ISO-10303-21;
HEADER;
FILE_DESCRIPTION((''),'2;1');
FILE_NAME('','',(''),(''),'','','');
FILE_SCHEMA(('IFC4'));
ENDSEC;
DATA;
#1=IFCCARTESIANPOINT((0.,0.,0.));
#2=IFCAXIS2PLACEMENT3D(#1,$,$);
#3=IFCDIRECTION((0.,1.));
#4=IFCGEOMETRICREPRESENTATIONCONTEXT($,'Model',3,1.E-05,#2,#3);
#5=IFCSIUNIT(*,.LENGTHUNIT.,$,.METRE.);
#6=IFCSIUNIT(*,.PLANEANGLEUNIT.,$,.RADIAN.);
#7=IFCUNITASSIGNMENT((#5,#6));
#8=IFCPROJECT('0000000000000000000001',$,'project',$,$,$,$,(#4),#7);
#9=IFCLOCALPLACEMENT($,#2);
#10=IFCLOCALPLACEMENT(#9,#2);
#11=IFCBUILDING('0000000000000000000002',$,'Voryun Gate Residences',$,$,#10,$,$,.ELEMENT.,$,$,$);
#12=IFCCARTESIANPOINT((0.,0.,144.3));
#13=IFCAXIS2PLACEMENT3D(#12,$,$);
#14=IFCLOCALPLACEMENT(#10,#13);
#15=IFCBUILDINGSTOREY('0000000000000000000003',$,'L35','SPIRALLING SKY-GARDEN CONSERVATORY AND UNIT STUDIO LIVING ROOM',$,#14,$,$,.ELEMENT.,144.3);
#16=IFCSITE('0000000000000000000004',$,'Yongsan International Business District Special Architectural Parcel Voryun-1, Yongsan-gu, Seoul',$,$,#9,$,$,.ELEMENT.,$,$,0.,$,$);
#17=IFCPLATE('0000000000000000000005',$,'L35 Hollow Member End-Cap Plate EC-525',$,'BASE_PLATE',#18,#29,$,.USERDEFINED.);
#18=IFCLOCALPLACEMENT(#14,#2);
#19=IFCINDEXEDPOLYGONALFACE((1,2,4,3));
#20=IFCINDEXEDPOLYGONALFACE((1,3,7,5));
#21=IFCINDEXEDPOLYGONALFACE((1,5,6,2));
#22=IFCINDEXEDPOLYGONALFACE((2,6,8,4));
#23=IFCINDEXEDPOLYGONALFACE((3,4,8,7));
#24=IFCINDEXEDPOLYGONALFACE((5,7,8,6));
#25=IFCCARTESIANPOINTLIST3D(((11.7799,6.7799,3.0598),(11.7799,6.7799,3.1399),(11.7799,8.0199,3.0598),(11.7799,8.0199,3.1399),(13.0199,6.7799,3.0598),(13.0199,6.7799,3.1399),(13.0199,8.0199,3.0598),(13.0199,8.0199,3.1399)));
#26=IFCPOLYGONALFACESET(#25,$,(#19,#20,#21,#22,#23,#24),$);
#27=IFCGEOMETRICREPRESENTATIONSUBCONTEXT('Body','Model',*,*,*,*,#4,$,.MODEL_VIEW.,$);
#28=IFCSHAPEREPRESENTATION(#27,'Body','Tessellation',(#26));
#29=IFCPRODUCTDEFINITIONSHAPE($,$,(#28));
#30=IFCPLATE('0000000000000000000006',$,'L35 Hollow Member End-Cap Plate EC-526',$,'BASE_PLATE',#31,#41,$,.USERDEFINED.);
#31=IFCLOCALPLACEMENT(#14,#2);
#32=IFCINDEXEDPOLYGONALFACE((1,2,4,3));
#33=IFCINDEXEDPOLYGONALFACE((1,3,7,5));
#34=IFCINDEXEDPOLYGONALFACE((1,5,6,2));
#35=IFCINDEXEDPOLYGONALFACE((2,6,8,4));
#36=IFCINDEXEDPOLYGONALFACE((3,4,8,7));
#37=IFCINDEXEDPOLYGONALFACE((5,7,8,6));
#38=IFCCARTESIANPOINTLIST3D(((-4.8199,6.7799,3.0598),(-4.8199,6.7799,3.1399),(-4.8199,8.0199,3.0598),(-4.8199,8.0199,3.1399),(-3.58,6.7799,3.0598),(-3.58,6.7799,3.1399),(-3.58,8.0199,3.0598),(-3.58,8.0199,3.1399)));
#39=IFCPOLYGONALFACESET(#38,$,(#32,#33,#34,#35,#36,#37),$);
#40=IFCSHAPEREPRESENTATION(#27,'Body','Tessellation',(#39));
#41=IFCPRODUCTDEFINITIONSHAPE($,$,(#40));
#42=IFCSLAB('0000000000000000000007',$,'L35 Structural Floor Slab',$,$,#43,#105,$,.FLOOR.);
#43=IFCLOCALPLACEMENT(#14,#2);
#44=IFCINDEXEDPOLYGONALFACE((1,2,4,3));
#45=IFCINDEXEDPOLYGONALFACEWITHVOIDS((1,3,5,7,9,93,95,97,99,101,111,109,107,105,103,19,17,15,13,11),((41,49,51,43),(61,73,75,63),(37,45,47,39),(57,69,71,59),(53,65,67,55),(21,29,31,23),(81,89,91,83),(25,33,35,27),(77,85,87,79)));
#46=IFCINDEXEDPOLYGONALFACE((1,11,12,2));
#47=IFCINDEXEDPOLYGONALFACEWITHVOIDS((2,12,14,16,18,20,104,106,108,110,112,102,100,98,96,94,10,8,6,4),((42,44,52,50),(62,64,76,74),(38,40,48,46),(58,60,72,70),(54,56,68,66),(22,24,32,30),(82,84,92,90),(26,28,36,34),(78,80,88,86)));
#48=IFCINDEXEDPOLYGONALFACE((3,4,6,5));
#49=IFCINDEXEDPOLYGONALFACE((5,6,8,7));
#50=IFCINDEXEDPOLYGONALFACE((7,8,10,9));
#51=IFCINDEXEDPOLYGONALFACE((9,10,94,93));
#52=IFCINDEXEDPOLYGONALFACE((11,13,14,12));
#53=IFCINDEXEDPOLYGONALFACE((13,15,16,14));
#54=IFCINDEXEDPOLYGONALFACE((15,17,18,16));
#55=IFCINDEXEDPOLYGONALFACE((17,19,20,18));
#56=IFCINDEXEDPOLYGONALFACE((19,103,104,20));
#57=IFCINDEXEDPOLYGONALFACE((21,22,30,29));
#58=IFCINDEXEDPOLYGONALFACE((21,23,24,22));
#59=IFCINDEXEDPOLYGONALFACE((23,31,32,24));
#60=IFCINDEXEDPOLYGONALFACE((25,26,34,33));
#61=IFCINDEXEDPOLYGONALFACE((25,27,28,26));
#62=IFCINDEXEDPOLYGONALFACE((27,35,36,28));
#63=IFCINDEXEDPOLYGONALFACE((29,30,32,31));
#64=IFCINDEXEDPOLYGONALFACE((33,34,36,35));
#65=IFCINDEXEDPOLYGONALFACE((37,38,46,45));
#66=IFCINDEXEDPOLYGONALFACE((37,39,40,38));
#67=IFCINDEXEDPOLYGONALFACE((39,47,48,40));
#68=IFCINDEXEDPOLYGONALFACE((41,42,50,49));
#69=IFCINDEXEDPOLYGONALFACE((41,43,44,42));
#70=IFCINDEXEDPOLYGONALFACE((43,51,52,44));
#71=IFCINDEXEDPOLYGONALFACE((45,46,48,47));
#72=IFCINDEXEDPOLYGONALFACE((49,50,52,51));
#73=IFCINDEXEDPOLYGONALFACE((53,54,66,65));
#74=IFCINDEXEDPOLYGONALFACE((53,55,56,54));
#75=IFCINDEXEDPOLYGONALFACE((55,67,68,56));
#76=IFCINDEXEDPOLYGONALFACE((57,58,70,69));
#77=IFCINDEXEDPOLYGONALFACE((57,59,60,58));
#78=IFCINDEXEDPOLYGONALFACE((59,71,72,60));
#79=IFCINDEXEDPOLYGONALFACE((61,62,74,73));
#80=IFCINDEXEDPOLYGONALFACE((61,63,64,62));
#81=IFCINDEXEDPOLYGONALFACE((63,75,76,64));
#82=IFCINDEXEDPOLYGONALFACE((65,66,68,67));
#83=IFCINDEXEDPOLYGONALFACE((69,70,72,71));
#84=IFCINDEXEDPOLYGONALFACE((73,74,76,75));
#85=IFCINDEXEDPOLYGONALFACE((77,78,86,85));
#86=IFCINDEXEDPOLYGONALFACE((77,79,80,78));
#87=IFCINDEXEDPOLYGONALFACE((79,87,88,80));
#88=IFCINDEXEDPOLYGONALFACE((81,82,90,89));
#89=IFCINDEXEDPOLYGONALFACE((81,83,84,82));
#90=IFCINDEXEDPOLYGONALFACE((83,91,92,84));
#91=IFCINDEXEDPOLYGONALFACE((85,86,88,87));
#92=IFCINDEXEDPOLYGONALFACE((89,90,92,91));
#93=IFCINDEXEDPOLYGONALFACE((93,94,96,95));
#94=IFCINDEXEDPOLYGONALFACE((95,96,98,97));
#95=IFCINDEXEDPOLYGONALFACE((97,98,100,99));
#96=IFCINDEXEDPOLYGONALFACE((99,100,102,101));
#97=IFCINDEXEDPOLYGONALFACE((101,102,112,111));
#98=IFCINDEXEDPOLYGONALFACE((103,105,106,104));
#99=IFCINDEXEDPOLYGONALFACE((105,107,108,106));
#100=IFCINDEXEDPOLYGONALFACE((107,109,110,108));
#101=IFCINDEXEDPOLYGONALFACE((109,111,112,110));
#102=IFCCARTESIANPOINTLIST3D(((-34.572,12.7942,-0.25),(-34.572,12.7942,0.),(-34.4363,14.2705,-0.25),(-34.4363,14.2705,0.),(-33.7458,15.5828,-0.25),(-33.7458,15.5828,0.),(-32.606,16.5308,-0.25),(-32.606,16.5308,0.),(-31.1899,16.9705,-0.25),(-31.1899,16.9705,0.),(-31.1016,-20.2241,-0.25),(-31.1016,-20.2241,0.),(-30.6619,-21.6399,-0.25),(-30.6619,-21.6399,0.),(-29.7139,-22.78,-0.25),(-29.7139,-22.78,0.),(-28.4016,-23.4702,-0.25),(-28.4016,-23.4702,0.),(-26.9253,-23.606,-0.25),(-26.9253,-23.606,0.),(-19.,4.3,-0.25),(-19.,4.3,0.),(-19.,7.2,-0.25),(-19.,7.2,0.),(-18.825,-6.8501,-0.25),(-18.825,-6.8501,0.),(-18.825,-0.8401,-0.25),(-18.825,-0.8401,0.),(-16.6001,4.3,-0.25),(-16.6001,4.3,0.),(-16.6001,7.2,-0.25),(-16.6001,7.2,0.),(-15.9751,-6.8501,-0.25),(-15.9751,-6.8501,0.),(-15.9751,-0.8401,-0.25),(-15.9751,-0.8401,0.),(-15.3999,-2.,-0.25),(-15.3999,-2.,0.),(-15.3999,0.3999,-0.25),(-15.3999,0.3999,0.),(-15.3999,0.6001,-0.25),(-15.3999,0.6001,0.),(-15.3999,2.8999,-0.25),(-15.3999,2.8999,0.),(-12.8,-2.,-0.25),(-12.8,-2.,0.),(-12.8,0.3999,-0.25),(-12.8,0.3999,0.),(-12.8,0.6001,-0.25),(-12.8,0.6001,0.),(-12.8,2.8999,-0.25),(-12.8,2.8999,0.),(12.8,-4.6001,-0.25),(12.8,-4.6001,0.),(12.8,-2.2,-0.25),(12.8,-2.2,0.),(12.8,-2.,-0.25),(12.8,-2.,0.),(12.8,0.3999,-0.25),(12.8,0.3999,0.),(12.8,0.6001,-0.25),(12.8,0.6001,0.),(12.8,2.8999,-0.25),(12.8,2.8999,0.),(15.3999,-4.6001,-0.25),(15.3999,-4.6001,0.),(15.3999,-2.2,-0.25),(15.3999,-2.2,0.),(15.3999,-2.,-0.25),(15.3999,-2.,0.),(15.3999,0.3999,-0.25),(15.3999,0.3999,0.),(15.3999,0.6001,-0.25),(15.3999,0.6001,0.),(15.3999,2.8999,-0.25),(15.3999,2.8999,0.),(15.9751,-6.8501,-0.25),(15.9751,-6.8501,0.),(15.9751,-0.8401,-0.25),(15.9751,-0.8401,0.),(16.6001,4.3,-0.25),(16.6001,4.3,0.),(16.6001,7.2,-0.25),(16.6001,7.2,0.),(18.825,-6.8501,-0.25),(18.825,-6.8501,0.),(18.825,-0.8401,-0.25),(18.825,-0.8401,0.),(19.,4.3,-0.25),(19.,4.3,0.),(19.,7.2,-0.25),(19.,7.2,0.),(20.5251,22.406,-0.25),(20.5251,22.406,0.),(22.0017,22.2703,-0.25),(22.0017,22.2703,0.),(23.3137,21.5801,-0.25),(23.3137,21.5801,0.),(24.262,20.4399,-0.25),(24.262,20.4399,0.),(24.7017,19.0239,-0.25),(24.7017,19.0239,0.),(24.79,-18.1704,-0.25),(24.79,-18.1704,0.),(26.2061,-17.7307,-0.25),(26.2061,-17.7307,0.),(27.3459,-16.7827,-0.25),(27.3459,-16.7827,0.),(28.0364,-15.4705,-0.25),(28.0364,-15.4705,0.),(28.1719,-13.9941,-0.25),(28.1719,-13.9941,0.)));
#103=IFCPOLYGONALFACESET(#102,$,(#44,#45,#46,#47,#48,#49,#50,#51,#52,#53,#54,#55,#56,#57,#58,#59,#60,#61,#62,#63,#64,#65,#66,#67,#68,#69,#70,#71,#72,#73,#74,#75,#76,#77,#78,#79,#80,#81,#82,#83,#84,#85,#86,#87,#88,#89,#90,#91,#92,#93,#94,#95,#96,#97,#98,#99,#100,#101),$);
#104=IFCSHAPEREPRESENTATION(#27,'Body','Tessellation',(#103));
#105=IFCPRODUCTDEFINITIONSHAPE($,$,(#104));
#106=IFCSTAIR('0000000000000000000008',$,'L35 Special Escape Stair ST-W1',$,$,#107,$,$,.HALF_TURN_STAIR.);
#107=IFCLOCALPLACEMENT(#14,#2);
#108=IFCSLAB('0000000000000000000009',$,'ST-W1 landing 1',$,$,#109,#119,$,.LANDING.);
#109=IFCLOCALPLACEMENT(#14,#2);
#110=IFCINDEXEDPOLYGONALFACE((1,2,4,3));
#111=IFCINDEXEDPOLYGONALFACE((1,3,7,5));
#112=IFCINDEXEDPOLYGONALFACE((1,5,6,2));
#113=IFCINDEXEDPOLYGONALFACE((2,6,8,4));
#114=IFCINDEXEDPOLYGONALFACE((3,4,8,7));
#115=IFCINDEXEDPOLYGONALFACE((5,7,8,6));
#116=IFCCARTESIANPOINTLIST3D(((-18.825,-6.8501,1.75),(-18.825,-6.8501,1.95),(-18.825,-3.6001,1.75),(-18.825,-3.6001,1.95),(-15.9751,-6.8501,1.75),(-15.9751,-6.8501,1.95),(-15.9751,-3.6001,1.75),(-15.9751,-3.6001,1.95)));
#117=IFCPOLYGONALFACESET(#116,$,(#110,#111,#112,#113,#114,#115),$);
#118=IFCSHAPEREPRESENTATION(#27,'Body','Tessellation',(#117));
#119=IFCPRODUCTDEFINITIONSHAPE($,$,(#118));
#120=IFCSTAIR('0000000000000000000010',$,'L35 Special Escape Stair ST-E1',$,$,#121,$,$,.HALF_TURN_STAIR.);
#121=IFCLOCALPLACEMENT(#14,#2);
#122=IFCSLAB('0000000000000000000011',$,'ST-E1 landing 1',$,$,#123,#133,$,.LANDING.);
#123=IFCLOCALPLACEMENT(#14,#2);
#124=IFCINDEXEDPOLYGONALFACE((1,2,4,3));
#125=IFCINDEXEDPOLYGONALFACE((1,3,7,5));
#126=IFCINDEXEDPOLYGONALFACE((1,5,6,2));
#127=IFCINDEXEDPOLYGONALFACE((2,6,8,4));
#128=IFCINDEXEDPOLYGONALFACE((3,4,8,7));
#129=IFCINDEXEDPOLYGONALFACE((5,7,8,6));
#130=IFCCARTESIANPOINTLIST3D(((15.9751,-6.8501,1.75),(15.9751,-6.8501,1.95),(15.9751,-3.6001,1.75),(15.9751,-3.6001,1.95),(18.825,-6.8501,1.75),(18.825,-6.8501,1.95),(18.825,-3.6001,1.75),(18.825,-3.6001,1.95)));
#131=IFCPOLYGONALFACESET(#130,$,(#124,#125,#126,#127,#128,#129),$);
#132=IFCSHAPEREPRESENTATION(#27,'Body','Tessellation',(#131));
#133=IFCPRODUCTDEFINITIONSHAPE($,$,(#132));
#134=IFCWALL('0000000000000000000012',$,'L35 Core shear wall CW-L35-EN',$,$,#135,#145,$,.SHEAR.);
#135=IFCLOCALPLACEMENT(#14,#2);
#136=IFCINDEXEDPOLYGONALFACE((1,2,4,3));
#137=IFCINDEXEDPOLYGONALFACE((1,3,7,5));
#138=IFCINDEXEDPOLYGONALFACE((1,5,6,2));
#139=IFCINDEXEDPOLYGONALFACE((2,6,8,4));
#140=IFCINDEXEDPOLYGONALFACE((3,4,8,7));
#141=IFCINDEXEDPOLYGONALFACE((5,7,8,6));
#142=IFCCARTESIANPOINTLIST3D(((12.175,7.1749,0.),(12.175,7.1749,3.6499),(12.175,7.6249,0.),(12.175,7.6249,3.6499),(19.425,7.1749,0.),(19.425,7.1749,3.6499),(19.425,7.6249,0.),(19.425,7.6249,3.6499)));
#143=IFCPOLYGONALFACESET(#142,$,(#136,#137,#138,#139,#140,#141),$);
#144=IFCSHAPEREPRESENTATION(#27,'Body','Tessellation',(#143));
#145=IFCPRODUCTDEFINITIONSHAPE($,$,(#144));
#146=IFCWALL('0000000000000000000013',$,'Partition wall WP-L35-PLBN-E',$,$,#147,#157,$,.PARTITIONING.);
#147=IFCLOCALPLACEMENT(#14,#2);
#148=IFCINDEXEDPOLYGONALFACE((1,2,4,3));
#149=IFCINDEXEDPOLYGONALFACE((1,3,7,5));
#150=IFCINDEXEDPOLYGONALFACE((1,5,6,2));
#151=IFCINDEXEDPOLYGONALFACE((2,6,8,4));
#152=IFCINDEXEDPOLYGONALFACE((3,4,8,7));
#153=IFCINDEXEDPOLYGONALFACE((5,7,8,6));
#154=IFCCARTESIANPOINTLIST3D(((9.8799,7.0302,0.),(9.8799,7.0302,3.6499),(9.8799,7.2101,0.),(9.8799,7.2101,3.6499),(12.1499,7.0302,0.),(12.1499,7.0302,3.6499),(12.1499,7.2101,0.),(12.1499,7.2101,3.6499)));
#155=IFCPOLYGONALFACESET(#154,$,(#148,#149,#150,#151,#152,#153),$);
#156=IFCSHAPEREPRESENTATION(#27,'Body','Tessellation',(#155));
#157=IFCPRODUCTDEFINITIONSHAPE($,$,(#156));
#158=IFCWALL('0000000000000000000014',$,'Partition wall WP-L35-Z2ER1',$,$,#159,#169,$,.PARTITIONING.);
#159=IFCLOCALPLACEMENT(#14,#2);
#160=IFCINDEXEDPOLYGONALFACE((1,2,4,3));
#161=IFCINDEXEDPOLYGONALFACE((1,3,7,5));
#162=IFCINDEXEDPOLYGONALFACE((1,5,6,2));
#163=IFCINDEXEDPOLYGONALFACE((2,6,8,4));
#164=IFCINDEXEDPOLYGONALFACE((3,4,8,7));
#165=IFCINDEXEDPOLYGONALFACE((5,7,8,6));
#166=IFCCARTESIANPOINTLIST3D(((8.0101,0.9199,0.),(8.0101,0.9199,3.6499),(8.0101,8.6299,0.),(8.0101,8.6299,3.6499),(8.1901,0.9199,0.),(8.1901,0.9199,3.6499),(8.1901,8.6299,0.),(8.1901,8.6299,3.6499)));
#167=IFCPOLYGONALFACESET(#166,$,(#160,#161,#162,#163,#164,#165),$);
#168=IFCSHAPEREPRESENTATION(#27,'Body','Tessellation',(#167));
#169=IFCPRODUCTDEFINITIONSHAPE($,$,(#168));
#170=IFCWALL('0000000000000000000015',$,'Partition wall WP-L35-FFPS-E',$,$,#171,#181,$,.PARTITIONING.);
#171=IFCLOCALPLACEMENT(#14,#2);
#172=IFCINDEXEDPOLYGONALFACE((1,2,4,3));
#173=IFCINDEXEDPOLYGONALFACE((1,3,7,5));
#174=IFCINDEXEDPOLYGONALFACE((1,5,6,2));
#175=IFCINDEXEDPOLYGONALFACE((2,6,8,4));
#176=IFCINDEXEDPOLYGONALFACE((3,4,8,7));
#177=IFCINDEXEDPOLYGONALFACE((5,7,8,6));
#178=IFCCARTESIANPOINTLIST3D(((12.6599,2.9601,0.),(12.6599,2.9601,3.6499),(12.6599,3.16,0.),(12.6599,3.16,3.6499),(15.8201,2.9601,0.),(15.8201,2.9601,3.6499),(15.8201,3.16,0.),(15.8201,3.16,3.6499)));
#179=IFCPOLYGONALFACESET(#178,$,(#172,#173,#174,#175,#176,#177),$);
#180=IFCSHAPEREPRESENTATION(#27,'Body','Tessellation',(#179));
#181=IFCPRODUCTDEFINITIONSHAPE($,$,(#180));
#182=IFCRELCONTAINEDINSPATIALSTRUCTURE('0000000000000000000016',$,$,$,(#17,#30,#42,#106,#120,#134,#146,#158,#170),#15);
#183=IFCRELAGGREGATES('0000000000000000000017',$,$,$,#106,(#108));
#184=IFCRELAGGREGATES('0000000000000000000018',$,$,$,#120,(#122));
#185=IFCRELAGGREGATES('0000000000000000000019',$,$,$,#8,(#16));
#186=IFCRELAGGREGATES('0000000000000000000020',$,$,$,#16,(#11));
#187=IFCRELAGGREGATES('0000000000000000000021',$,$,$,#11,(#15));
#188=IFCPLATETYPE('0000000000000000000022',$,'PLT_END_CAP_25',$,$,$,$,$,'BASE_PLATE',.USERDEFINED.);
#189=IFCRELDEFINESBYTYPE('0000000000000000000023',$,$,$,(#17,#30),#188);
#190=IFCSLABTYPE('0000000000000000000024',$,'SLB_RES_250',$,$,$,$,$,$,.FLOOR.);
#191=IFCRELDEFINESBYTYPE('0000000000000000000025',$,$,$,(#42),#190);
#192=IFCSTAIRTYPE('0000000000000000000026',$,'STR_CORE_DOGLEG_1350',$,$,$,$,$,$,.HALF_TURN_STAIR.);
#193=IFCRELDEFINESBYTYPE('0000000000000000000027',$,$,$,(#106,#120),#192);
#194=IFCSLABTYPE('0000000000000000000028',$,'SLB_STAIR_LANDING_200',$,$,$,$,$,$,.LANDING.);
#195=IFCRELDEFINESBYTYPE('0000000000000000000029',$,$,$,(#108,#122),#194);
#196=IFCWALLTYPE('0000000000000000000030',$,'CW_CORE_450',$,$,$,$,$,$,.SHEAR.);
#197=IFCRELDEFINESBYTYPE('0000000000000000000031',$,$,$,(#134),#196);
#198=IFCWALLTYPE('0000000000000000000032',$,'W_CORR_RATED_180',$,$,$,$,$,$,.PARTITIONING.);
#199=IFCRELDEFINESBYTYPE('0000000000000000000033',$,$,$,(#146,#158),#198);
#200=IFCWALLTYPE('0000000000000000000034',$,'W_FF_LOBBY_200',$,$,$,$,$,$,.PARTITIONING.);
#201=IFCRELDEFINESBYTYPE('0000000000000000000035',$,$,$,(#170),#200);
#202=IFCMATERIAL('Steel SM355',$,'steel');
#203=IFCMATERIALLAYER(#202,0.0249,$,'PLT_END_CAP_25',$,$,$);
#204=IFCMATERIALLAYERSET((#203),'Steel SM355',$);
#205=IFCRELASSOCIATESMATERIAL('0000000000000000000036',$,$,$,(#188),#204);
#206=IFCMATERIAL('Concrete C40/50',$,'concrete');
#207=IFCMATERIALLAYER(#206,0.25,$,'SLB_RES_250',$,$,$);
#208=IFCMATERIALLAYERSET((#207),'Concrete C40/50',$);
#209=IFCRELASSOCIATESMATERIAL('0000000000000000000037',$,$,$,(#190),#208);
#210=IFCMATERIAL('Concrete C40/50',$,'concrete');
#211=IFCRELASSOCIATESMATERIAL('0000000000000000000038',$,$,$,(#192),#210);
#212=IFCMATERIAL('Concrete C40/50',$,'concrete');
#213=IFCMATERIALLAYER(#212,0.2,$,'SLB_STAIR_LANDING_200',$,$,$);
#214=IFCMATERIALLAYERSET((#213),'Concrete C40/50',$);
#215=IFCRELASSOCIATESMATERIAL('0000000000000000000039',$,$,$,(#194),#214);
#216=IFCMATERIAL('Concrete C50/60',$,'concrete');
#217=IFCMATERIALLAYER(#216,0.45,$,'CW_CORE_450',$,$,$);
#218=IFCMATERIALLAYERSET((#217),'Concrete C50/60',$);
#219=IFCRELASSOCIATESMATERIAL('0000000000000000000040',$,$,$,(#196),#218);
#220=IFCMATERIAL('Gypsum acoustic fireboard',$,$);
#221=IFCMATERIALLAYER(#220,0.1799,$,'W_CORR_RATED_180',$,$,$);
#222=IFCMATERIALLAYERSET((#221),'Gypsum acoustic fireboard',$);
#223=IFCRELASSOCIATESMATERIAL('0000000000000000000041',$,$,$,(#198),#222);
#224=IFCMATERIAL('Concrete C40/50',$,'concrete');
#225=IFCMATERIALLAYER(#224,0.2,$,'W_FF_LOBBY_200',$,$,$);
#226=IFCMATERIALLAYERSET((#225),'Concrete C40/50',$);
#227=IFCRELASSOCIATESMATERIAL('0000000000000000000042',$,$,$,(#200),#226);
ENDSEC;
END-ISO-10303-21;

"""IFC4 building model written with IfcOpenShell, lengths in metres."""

from ifc_helpers import new_model, si_unit, direction, frame, frame_2d, origin, origin_2d, place, context, subcontext, project, spatial, polyline, rectangle, outline, extrude, material, layer, layer_set, type_object, element, aggregate, save


model = new_model("IFC4")

# Units and contexts
model_context = context("Model", 3, precision=1e-05, world=origin(), true_north=direction((0.0, 1.0)))
body_context = subcontext(model_context, "Body", "Model", "MODEL_VIEW")
ifc_project = project(units=[si_unit("LENGTHUNIT", "METRE"), si_unit("PLANEANGLEUNIT", "RADIAN")], contexts=[model_context])

# Site, building, storey
site_placement = place(None, origin())
site = spatial("IfcSite", under=ifc_project, at=site_placement, Name="Yongsan International Business District Special Architectural Parcel Voryun-1, Yongsan-gu, Seoul", CompositionType="ELEMENT", RefElevation=0.0)
building_placement = place(site_placement, origin())
building = spatial("IfcBuilding", under=site, at=building_placement, Name="Voryun Gate Residences", CompositionType="ELEMENT")
storey_placement = place(building_placement, frame((0.0, 0.0, 144.3)))
storey = spatial("IfcBuildingStorey", under=building, at=storey_placement, Name="L35", Description="SPIRALLING SKY-GARDEN CONSERVATORY AND UNIT STUDIO LIVING ROOM", CompositionType="ELEMENT", Elevation=144.3)

# Plates
ifc_material_1 = material(Name="Steel SM355", Category="steel")
ifc_layer_1 = layer(ifc_material_1, 0.0249, Name="PLT_END_CAP_25")
ifc_layer_set_1 = layer_set([ifc_layer_1], Name="Steel SM355")
plate_type = type_object("IfcPlateType", Name="PLT_END_CAP_25", ElementType="BASE_PLATE", PredefinedType="USERDEFINED", material=ifc_layer_set_1)
for number, where, z_axis, x_axis, name in (
    (1, (12.3999, 7.3999, 3.0598), (0.0, 0.0, 1.0), (1.0, 0.0, 0.0), "L35 Hollow Member End-Cap Plate EC-525"),
    (2, (-4.2, 7.3999, 3.0598), (0.0, 0.0, 1.0), (1.0, 0.0, 0.0), "L35 Hollow Member End-Cap Plate EC-526"),
):
    element("IfcPlate", number, at=place(storey_placement, frame(where, z_axis=z_axis, x_axis=x_axis)), inside=storey, type_object=plate_type, Name=name, ObjectType="BASE_PLATE", PredefinedType="USERDEFINED", context=body_context, shape_type="SweptSolid", body=[
        extrude(rectangle(XDim=1.24, YDim=1.24, at=origin_2d()), origin(), (0.0, 0.0, 1.0), 0.0801),
    ])

# Slab
ifc_material_2 = material(Name="Concrete C40/50", Category="concrete")
ifc_layer_2 = layer(ifc_material_2, 0.25, Name="SLB_RES_250")
ifc_layer_set_2 = layer_set([ifc_layer_2], Name="Concrete C40/50")
slab_type_1 = type_object("IfcSlabType", Name="SLB_RES_250", PredefinedType="FLOOR", material=ifc_layer_set_2)
slab_1_placement = place(storey_placement, frame((0.0, 0.0, -0.25)))
element("IfcSlab", 3, at=slab_1_placement, inside=storey, type_object=slab_type_1, Name="L35 Structural Floor Slab", PredefinedType="FLOOR", context=body_context, shape_type="SweptSolid", body=[
    extrude(outline(polyline([(-26.9253, -23.606), (-28.4016, -23.4702), (-29.7139, -22.78), (-30.6619, -21.6399), (-31.1016, -20.2241), (-34.572, 12.7942), (-34.4363, 14.2705), (-33.7458, 15.5828), (-32.606, 16.5308), (-31.1899, 16.9705), (20.5251, 22.406), (22.0017, 22.2703), (23.3137, 21.5801), (24.262, 20.4399), (24.7017, 19.0239), (28.1719, -13.9941), (28.0364, -15.4705), (27.3459, -16.7827), (26.2061, -17.7307), (24.79, -18.1704), (-26.9253, -23.606)]), holes=[polyline([(-15.9751, -6.8501), (-15.9751, -0.8401), (-18.825, -0.8401), (-18.825, -6.8501), (-15.9751, -6.8501)]), polyline([(18.825, -6.8501), (18.825, -0.8401), (15.9751, -0.8401), (15.9751, -6.8501), (18.825, -6.8501)]), polyline([(15.3999, -2.2), (12.8, -2.2), (12.8, -4.6001), (15.3999, -4.6001), (15.3999, -2.2)]), polyline([(-12.8, 0.3999), (-15.3999, 0.3999), (-15.3999, -2.0), (-12.8, -2.0), (-12.8, 0.3999)]), polyline([(15.3999, 0.3999), (12.8, 0.3999), (12.8, -2.0), (15.3999, -2.0), (15.3999, 0.3999)]), polyline([(-12.8, 2.8999), (-15.3999, 2.8999), (-15.3999, 0.6001), (-12.8, 0.6001), (-12.8, 2.8999)]), polyline([(15.3999, 2.8999), (12.8, 2.8999), (12.8, 0.6001), (15.3999, 0.6001), (15.3999, 2.8999)]), polyline([(-16.6001, 4.3), (-16.6001, 7.2), (-19.0, 7.2), (-19.0, 4.3), (-16.6001, 4.3)]), polyline([(19.0, 4.3), (19.0, 7.2), (16.6001, 7.2), (16.6001, 4.3), (19.0, 4.3)])]), origin(), (0.0, 0.0, 1.0), 0.25),
])

# Stairs, slabs
ifc_material_3 = material(Name="Concrete C40/50", Category="concrete")
stair_type = type_object("IfcStairType", Name="STR_CORE_DOGLEG_1350", PredefinedType="HALF_TURN_STAIR", material=ifc_material_3)
stair_1_placement = place(storey_placement, origin())
stair_1 = element("IfcStair", 4, at=stair_1_placement, inside=storey, type_object=stair_type, Name="L35 Special Escape Stair ST-W1", PredefinedType="HALF_TURN_STAIR")
ifc_material_4 = material(Name="Concrete C40/50", Category="concrete")
ifc_layer_3 = layer(ifc_material_4, 0.2, Name="SLB_STAIR_LANDING_200")
ifc_layer_set_3 = layer_set([ifc_layer_3], Name="Concrete C40/50")
slab_type_2 = type_object("IfcSlabType", Name="SLB_STAIR_LANDING_200", PredefinedType="LANDING", material=ifc_layer_set_3)
slab_2_placement = place(storey_placement, frame((0.0, 0.0, 1.75)))
slab_2 = element("IfcSlab", 5, at=slab_2_placement, type_object=slab_type_2, Name="ST-W1 landing 1", PredefinedType="LANDING", context=body_context, shape_type="SweptSolid", body=[
    extrude(outline(polyline([(-18.825, -3.6001), (-18.825, -6.8501), (-15.9751, -6.8501), (-15.9751, -3.6001), (-18.825, -3.6001)])), origin(), (0.0, 0.0, 1.0), 0.2),
])
aggregate(stair_1, [slab_2])
stair_2_placement = place(storey_placement, origin())
stair_2 = element("IfcStair", 6, at=stair_2_placement, inside=storey, type_object=stair_type, Name="L35 Special Escape Stair ST-E1", PredefinedType="HALF_TURN_STAIR")
slab_3_placement = place(storey_placement, frame((0.0, 0.0, 1.75)))
slab_3 = element("IfcSlab", 7, at=slab_3_placement, type_object=slab_type_2, Name="ST-E1 landing 1", PredefinedType="LANDING", context=body_context, shape_type="SweptSolid", body=[
    extrude(outline(polyline([(15.9751, -3.6001), (15.9751, -6.8501), (18.825, -6.8501), (18.825, -3.6001), (15.9751, -3.6001)])), origin(), (0.0, 0.0, 1.0), 0.2),
])
aggregate(stair_2, [slab_3])

# Walls
ifc_material_5 = material(Name="Concrete C50/60", Category="concrete")
ifc_layer_4 = layer(ifc_material_5, 0.45, Name="CW_CORE_450")
ifc_layer_set_4 = layer_set([ifc_layer_4], Name="Concrete C50/60")
wall_type_1 = type_object("IfcWallType", Name="CW_CORE_450", PredefinedType="SHEAR", material=ifc_layer_set_4)
wall_1_placement = place(storey_placement, frame((12.175, 7.3999, 0.0), z_axis=(0.0, 0.0, 1.0), x_axis=(1.0, 0.0, 0.0)))
element("IfcWall", 8, at=wall_1_placement, inside=storey, type_object=wall_type_1, Name="L35 Core shear wall CW-L35-EN", PredefinedType="SHEAR", context=body_context, shape_type="SweptSolid", body=[
    extrude(rectangle(XDim=7.25, YDim=0.45, at=frame_2d((3.625, 0.0))), origin(), (0.0, 0.0, 1.0), 3.6499),
])
ifc_material_6 = material(Name="Gypsum acoustic fireboard")
ifc_layer_5 = layer(ifc_material_6, 0.1799, Name="W_CORR_RATED_180")
ifc_layer_set_5 = layer_set([ifc_layer_5], Name="Gypsum acoustic fireboard")
wall_type_2 = type_object("IfcWallType", Name="W_CORR_RATED_180", PredefinedType="PARTITIONING", material=ifc_layer_set_5)
wall_2_placement = place(storey_placement, frame((9.8799, 7.1201, 0.0), z_axis=(0.0, 0.0, 1.0), x_axis=(1.0, 0.0, 0.0)))
element("IfcWall", 9, at=wall_2_placement, inside=storey, type_object=wall_type_2, Name="Partition wall WP-L35-PLBN-E", PredefinedType="PARTITIONING", context=body_context, shape_type="SweptSolid", body=[
    extrude(rectangle(XDim=2.27, YDim=0.1799, at=frame_2d((1.135, 0.0))), origin(), (0.0, 0.0, 1.0), 3.6499),
])
wall_3_placement = place(storey_placement, frame((8.1001, 0.9199, 0.0), z_axis=(0.0, 0.0, 1.0), x_axis=(0.0, 1.0, 0.0)))
element("IfcWall", 10, at=wall_3_placement, inside=storey, type_object=wall_type_2, Name="Partition wall WP-L35-Z2ER1", PredefinedType="PARTITIONING", context=body_context, shape_type="SweptSolid", body=[
    extrude(rectangle(XDim=7.71, YDim=0.1799, at=frame_2d((3.855, 0.0))), origin(), (0.0, 0.0, 1.0), 3.6499),
])
ifc_material_7 = material(Name="Concrete C40/50", Category="concrete")
ifc_layer_6 = layer(ifc_material_7, 0.2, Name="W_FF_LOBBY_200")
ifc_layer_set_6 = layer_set([ifc_layer_6], Name="Concrete C40/50")
wall_type_3 = type_object("IfcWallType", Name="W_FF_LOBBY_200", PredefinedType="PARTITIONING", material=ifc_layer_set_6)
wall_4_placement = place(storey_placement, frame((12.6599, 3.0601, 0.0), z_axis=(0.0, 0.0, 1.0), x_axis=(1.0, 0.0, 0.0)))
element("IfcWall", 11, at=wall_4_placement, inside=storey, type_object=wall_type_3, Name="Partition wall WP-L35-FFPS-E", PredefinedType="PARTITIONING", context=body_context, shape_type="SweptSolid", body=[
    extrude(rectangle(XDim=3.1602, YDim=0.2, at=frame_2d((1.5801, 0.0))), origin(), (0.0, 0.0, 1.0), 3.6499),
])

save(model, "model.ifc")
